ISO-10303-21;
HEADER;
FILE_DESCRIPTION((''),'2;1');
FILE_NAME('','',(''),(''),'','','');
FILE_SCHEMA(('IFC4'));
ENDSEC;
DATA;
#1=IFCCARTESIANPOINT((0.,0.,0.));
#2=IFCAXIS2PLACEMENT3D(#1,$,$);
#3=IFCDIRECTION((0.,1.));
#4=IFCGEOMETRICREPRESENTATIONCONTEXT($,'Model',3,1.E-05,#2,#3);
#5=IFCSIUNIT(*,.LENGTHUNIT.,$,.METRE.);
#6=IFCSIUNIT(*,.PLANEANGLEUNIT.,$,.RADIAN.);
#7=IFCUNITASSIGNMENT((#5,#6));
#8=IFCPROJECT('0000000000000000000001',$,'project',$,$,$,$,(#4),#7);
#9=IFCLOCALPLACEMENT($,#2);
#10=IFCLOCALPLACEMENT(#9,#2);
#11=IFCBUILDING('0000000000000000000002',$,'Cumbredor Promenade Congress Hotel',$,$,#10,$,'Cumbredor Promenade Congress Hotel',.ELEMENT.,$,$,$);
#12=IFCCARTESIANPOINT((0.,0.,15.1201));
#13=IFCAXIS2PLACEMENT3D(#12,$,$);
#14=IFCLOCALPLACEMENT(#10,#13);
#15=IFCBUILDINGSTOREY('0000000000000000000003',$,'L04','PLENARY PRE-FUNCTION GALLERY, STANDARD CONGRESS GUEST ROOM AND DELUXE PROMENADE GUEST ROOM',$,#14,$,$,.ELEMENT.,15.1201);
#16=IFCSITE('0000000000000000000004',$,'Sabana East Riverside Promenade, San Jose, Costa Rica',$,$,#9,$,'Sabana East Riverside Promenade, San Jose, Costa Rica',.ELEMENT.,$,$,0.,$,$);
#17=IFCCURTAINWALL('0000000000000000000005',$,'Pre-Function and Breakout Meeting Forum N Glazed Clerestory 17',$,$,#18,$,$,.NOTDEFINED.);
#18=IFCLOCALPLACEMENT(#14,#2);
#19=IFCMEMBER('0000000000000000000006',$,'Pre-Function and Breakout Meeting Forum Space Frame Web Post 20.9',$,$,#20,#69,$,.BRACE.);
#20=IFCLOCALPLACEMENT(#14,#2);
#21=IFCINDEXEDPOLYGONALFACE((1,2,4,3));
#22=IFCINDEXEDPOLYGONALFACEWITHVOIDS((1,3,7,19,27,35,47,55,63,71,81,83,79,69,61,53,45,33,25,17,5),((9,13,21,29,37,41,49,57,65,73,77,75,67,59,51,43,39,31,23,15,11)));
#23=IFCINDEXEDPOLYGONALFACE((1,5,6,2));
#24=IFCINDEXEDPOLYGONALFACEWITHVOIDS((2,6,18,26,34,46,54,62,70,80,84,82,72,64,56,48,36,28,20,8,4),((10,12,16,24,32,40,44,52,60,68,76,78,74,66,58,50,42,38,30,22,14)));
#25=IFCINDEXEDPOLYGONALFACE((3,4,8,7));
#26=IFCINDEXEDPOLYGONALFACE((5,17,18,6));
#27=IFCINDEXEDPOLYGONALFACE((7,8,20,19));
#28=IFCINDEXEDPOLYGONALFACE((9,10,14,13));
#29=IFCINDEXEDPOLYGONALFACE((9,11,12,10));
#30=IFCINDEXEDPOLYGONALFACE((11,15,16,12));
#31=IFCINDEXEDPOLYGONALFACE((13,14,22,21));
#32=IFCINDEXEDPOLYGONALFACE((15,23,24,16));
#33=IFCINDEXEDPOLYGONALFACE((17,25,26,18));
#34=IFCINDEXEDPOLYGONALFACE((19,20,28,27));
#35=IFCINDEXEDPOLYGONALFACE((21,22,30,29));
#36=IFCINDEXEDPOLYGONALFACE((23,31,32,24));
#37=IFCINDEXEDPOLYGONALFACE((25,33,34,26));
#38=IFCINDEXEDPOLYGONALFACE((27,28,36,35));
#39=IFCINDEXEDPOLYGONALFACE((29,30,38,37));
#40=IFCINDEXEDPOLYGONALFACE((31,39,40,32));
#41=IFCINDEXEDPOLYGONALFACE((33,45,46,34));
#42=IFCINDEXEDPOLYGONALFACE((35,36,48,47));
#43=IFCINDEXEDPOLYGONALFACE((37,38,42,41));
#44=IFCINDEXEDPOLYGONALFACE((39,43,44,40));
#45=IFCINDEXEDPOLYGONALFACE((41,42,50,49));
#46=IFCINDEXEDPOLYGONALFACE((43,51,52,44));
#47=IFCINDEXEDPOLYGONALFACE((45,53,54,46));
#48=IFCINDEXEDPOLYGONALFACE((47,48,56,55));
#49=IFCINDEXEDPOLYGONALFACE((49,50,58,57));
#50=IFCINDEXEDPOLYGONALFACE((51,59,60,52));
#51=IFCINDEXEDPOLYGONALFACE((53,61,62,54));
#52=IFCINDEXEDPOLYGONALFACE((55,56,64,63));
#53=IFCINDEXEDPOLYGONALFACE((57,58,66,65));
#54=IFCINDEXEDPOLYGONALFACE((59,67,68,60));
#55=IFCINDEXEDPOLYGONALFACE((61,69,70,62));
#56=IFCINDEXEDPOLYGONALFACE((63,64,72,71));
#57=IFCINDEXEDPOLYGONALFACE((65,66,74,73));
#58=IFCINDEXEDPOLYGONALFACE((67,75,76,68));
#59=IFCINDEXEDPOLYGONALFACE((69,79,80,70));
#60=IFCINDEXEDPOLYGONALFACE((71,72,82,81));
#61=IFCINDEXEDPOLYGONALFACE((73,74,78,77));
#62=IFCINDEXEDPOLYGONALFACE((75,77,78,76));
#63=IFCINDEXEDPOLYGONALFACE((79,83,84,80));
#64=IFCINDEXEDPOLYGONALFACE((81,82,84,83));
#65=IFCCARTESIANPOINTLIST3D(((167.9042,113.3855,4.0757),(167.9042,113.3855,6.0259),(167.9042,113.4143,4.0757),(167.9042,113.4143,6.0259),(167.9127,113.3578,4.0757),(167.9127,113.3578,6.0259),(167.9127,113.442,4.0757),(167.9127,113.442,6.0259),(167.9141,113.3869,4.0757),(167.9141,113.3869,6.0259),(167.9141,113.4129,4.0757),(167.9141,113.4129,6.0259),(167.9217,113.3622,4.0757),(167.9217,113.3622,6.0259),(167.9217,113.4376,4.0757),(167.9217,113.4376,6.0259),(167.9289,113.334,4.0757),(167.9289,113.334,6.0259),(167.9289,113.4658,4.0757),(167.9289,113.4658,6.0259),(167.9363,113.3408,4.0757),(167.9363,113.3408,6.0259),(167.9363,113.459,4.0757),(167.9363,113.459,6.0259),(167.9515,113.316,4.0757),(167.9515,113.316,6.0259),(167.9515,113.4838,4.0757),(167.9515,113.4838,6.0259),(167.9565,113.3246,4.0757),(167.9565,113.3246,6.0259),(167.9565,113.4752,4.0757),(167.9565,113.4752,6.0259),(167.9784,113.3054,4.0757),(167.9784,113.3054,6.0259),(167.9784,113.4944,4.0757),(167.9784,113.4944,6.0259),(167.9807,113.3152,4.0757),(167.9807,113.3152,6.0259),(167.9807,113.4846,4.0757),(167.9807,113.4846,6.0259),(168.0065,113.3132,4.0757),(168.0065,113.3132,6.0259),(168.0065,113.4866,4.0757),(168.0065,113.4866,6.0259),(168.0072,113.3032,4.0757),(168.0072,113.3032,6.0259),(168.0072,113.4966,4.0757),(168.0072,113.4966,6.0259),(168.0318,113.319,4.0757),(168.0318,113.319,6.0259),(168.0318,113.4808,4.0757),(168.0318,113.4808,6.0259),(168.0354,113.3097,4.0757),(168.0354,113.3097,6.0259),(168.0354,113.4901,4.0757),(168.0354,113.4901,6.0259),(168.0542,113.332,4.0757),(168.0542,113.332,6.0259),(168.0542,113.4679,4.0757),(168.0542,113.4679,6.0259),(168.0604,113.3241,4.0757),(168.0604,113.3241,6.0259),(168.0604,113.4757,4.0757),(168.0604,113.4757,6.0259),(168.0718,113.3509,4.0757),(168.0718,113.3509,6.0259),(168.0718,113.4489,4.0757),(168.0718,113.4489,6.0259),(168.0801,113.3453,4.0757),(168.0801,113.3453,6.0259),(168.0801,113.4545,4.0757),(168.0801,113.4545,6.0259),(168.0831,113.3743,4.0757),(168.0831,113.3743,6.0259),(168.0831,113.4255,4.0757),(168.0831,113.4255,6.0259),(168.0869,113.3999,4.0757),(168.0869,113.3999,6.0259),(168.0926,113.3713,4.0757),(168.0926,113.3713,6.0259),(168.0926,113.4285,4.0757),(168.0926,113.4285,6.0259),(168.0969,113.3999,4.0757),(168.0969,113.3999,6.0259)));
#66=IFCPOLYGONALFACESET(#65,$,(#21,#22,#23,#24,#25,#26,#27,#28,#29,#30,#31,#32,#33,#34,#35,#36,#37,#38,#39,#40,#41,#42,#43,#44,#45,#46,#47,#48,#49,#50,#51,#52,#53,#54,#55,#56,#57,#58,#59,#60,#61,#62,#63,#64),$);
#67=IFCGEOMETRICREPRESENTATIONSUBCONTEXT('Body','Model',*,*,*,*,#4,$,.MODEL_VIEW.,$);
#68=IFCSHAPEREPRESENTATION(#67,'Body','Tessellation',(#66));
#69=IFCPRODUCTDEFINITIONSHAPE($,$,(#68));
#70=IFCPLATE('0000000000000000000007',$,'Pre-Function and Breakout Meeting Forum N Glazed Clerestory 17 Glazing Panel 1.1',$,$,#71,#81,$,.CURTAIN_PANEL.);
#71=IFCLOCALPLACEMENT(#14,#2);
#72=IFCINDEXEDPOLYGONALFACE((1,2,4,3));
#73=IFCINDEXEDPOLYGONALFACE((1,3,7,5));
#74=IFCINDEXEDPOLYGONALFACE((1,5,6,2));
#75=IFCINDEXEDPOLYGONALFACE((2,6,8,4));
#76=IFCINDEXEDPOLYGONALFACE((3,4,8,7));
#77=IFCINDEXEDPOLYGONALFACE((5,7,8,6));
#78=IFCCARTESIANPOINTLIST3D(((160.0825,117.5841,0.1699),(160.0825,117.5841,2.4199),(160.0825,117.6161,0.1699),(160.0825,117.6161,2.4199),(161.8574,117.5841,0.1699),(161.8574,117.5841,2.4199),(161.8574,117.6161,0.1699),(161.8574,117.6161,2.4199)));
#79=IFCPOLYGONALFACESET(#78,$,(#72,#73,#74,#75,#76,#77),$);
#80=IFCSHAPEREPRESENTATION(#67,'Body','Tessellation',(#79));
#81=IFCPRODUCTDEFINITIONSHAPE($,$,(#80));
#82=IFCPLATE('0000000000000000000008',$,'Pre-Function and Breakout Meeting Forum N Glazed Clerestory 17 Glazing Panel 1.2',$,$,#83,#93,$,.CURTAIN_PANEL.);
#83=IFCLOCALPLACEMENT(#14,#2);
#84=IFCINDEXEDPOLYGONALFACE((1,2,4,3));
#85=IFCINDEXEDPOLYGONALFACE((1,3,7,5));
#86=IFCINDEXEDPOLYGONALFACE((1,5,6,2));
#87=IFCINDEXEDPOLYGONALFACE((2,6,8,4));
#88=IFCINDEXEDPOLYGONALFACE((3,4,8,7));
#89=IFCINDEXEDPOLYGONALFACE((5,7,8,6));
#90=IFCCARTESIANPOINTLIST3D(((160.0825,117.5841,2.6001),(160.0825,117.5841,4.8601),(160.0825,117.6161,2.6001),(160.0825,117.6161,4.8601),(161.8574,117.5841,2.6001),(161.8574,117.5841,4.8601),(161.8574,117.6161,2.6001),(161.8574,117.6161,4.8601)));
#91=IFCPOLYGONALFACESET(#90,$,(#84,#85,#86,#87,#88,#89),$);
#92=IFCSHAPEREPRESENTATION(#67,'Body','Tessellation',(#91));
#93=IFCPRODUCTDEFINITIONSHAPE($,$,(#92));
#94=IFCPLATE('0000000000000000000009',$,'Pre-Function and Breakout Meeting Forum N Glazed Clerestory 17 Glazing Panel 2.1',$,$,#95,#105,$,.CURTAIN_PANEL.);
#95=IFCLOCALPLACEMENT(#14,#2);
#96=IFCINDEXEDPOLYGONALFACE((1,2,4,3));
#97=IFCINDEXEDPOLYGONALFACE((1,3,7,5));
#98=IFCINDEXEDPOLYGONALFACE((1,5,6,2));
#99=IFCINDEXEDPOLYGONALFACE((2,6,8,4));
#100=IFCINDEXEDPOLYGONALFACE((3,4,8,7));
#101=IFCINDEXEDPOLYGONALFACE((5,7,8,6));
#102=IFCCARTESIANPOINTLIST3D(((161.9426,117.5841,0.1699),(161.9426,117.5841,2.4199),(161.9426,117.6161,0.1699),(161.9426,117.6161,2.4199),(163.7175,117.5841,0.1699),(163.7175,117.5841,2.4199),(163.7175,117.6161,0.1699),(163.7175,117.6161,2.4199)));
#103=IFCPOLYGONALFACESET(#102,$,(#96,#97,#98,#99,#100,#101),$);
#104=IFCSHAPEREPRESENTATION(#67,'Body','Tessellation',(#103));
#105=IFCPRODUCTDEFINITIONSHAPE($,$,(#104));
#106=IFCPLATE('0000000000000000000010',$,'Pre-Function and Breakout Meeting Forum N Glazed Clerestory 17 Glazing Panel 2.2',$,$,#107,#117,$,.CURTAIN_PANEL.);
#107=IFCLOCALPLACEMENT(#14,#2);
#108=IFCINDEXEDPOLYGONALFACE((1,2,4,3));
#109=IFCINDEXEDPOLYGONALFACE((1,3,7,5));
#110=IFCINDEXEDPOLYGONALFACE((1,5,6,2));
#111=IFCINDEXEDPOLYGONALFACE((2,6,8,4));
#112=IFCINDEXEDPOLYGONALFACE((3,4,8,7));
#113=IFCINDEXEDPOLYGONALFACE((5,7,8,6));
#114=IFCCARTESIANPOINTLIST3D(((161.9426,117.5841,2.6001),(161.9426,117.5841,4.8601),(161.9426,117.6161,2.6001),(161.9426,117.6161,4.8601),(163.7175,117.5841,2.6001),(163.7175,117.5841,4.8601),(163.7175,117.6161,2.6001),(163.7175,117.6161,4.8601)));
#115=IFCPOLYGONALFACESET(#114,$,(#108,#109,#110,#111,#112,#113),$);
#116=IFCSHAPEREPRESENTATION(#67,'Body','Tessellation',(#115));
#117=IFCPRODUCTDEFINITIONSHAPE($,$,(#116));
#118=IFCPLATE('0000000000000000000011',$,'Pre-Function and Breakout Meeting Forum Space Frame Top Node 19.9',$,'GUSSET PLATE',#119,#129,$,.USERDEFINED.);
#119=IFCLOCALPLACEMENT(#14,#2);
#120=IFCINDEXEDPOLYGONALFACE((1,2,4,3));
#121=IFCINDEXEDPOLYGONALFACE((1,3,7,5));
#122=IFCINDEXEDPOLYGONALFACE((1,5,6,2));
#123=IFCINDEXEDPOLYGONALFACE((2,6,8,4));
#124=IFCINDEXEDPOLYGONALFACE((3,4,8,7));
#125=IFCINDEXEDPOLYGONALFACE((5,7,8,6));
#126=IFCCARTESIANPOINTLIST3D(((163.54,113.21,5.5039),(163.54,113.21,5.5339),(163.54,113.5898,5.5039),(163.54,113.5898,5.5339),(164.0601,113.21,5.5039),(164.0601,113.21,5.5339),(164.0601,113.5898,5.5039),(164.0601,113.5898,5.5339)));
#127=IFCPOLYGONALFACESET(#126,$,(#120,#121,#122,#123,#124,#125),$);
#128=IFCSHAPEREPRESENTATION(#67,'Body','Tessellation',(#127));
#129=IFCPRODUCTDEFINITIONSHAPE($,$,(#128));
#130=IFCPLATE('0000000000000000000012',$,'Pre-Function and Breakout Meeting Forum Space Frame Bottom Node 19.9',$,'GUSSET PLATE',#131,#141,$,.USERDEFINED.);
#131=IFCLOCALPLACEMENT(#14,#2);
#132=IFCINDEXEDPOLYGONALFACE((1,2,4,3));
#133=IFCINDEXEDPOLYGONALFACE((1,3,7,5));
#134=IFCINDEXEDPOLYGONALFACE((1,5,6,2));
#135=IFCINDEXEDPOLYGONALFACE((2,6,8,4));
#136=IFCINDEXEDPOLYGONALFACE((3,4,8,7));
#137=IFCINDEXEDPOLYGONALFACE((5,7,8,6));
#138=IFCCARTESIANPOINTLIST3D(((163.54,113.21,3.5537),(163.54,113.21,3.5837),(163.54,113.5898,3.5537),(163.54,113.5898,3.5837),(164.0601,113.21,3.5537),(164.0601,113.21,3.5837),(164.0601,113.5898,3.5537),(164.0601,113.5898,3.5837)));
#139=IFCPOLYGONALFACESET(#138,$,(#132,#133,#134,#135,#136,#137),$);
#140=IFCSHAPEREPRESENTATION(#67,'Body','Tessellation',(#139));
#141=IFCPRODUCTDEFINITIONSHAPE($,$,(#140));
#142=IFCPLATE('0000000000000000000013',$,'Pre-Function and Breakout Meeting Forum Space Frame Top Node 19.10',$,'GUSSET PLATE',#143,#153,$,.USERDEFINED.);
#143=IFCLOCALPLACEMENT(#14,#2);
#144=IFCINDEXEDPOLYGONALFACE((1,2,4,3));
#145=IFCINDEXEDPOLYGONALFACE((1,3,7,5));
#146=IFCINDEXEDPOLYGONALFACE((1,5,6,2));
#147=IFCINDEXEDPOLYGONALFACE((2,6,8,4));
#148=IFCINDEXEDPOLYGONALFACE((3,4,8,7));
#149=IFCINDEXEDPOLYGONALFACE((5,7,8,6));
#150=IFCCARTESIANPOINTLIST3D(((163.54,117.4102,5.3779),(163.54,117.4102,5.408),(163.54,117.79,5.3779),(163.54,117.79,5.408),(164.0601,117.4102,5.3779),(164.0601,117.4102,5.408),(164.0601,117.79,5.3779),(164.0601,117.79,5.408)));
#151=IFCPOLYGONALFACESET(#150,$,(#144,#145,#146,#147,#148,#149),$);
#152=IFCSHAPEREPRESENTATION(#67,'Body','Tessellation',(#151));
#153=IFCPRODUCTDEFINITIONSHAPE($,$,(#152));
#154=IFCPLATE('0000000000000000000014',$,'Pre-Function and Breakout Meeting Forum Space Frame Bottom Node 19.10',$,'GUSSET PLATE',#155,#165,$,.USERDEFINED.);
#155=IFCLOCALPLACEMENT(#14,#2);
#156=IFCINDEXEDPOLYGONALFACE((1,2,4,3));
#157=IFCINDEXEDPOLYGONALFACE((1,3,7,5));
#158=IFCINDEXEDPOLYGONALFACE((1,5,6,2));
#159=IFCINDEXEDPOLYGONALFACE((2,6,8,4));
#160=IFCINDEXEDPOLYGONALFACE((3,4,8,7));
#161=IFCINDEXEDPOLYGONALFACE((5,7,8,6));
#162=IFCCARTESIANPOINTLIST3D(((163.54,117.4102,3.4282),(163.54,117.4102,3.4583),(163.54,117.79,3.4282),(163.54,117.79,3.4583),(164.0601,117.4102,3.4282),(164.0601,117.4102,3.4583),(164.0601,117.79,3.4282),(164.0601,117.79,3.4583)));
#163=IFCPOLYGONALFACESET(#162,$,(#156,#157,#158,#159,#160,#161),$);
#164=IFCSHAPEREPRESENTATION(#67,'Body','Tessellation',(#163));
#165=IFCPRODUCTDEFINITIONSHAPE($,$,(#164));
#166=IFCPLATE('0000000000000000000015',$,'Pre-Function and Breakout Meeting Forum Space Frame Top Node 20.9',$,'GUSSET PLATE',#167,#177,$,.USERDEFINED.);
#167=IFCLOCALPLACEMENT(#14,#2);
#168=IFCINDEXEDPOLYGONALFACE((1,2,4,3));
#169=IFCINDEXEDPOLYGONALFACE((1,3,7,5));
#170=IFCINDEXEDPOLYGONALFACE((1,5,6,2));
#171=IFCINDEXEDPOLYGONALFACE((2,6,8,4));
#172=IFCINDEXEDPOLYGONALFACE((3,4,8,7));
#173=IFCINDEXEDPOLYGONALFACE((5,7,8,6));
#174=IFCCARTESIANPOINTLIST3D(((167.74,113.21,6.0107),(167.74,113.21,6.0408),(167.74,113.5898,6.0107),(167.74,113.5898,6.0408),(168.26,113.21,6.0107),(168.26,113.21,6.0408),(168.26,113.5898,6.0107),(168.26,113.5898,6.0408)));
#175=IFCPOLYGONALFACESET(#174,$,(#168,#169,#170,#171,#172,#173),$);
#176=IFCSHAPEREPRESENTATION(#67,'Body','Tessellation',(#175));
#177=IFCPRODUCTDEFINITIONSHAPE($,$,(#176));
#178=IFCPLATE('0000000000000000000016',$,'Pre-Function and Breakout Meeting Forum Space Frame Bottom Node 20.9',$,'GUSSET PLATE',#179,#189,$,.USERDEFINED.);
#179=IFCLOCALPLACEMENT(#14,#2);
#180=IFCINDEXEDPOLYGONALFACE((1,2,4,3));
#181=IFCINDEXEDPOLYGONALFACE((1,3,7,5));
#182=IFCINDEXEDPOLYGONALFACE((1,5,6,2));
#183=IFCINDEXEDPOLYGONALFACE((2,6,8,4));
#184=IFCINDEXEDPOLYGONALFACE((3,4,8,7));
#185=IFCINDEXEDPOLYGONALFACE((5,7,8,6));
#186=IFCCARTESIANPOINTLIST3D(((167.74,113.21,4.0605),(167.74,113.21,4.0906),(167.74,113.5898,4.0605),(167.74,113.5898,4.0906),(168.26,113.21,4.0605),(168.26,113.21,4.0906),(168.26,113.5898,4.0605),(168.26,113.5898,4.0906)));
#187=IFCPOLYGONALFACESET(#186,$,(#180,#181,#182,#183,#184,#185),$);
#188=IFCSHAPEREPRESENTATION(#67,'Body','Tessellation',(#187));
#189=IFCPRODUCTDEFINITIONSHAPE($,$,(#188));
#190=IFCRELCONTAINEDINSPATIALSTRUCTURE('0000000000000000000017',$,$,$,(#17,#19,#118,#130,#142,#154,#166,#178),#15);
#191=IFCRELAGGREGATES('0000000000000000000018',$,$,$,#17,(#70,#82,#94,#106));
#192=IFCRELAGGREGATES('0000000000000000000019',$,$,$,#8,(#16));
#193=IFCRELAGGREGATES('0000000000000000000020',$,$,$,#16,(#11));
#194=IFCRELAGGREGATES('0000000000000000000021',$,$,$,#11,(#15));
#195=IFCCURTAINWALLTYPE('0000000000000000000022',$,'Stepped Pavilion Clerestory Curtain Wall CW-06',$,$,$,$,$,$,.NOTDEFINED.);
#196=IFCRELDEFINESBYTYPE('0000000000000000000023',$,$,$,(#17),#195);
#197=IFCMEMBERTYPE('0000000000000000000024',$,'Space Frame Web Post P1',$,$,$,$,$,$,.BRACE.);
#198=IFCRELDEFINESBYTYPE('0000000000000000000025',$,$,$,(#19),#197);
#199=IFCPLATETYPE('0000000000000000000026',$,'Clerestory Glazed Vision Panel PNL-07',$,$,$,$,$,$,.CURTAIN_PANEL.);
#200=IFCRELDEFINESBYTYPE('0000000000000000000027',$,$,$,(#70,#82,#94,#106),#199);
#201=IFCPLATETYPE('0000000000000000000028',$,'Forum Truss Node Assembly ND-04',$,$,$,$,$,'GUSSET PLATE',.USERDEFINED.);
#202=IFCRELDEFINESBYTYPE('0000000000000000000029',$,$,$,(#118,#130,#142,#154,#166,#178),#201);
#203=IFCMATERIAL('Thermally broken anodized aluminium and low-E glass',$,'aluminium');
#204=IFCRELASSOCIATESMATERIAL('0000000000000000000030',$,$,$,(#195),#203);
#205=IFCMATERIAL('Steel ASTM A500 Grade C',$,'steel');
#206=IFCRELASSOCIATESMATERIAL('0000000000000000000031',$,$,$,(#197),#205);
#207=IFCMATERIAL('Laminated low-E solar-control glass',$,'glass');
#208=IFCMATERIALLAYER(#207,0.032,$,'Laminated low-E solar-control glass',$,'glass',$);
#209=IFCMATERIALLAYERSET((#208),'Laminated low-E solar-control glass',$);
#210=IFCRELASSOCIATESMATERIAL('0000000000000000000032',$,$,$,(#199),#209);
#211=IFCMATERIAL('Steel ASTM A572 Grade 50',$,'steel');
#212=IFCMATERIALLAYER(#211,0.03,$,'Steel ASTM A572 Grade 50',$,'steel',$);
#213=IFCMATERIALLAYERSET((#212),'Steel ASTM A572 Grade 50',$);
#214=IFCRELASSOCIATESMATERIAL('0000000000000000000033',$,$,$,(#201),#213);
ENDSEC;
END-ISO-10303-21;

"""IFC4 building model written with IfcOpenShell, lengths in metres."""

from ifc_helpers import new_model, si_unit, direction, frame, origin, origin_2d, place, context, subcontext, project, spatial, rectangle, hollow_circle, extrude, material, layer, layer_set, material_profile, profile_set, type_object, element, aggregate, save


model = new_model("IFC4")

# Units and contexts
model_context = context("Model", 3, precision=1e-05, world=origin(), true_north=direction((0.0, 1.0)))
body_context = subcontext(model_context, "Body", "Model", "MODEL_VIEW")
ifc_project = project(units=[si_unit("LENGTHUNIT", "METRE"), si_unit("PLANEANGLEUNIT", "RADIAN")], contexts=[model_context])

# Site, building, storey
site_placement = place(None, origin())
site = spatial("IfcSite", under=ifc_project, at=site_placement, Name="Sabana East Riverside Promenade, San Jose, Costa Rica", LongName="Sabana East Riverside Promenade, San Jose, Costa Rica", CompositionType="ELEMENT", RefElevation=0.0)
building_placement = place(site_placement, origin())
building = spatial("IfcBuilding", under=site, at=building_placement, Name="Cumbredor Promenade Congress Hotel", LongName="Cumbredor Promenade Congress Hotel", CompositionType="ELEMENT")
storey_placement = place(building_placement, frame((0.0, 0.0, 15.1201)))
storey = spatial("IfcBuildingStorey", under=building, at=storey_placement, Name="L04", Description="PLENARY PRE-FUNCTION GALLERY, STANDARD CONGRESS GUEST ROOM AND DELUXE PROMENADE GUEST ROOM", CompositionType="ELEMENT", Elevation=15.1201)

# Curtain wall
ifc_material_1 = material(Name="Thermally broken anodized aluminium and low-E glass", Category="aluminium")
curtain_wall_type = type_object("IfcCurtainWallType", Name="Stepped Pavilion Clerestory Curtain Wall CW-06", PredefinedType="NOTDEFINED", material=ifc_material_1)
curtain_wall_placement = place(storey_placement, origin())
curtain_wall = element("IfcCurtainWall", 1, at=curtain_wall_placement, inside=storey, type_object=curtain_wall_type, Name="Pre-Function and Breakout Meeting Forum N Glazed Clerestory 17", PredefinedType="NOTDEFINED")

# Member
ifc_material_2 = material(Name="Steel ASTM A500 Grade C", Category="steel")
ifc_material_profile_1 = material_profile(ifc_material_2, hollow_circle(Radius=0.0969, WallThickness=0.01, at=origin_2d()), Name="CHS 193.7x10")
ifc_profile_set_1 = profile_set([ifc_material_profile_1], Name="Steel ASTM A500 Grade C")
member_type_1 = type_object("IfcMemberType", Name="Space Frame Web Post P1", PredefinedType="BRACE", material=ifc_profile_set_1)
for number, where, z_axis, x_axis, name in (
    (2, (168.0, 113.3999, 4.0757), (0.0, 0.0, 1.0), (1.0, 0.0, 0.0), "Pre-Function and Breakout Meeting Forum Space Frame Web Post 20.9"),
):
    element("IfcMember", number, at=place(storey_placement, frame(where, z_axis=z_axis, x_axis=x_axis)), inside=storey, type_object=member_type_1, Name=name, PredefinedType="BRACE", context=body_context, shape_type="SweptSolid", body=[
        extrude(hollow_circle(Radius=0.0969, WallThickness=0.01, at=origin_2d()), origin(), (0.0, 0.0, 1.0), 1.9502),
    ])

# Plates
ifc_material_3 = material(Name="Laminated low-E solar-control glass", Category="glass")
ifc_layer_1 = layer(ifc_material_3, 0.032, Name="Laminated low-E solar-control glass", Category="glass")
ifc_layer_set_1 = layer_set([ifc_layer_1], Name="Laminated low-E solar-control glass")
plate_type_1 = type_object("IfcPlateType", Name="Clerestory Glazed Vision Panel PNL-07", PredefinedType="CURTAIN_PANEL", material=ifc_layer_set_1)
plate_1_placement = place(storey_placement, frame((160.97, 117.6001, 0.1699), z_axis=(0.0, 0.0, 1.0), x_axis=(1.0, 0.0, 0.0)))
plate_1 = element("IfcPlate", 3, at=plate_1_placement, type_object=plate_type_1, Name="Pre-Function and Breakout Meeting Forum N Glazed Clerestory 17 Glazing Panel 1.1", PredefinedType="CURTAIN_PANEL", context=body_context, shape_type="SweptSolid", body=[
    extrude(rectangle(XDim=1.7749, YDim=0.032, at=origin_2d()), origin(), (0.0, 0.0, 1.0), 2.25),
])
plate_2_placement = place(storey_placement, frame((160.97, 117.6001, 2.6001), z_axis=(0.0, 0.0, 1.0), x_axis=(1.0, 0.0, 0.0)))
plate_2 = element("IfcPlate", 4, at=plate_2_placement, type_object=plate_type_1, Name="Pre-Function and Breakout Meeting Forum N Glazed Clerestory 17 Glazing Panel 1.2", PredefinedType="CURTAIN_PANEL", context=body_context, shape_type="SweptSolid", body=[
    extrude(rectangle(XDim=1.7749, YDim=0.032, at=origin_2d()), origin(), (0.0, 0.0, 1.0), 2.26),
])
plate_3_placement = place(storey_placement, frame((162.8301, 117.6001, 0.1699), z_axis=(0.0, 0.0, 1.0), x_axis=(1.0, 0.0, 0.0)))
plate_3 = element("IfcPlate", 5, at=plate_3_placement, type_object=plate_type_1, Name="Pre-Function and Breakout Meeting Forum N Glazed Clerestory 17 Glazing Panel 2.1", PredefinedType="CURTAIN_PANEL", context=body_context, shape_type="SweptSolid", body=[
    extrude(rectangle(XDim=1.7749, YDim=0.032, at=origin_2d()), origin(), (0.0, 0.0, 1.0), 2.25),
])
plate_4_placement = place(storey_placement, frame((162.8301, 117.6001, 2.6001), z_axis=(0.0, 0.0, 1.0), x_axis=(1.0, 0.0, 0.0)))
plate_4 = element("IfcPlate", 6, at=plate_4_placement, type_object=plate_type_1, Name="Pre-Function and Breakout Meeting Forum N Glazed Clerestory 17 Glazing Panel 2.2", PredefinedType="CURTAIN_PANEL", context=body_context, shape_type="SweptSolid", body=[
    extrude(rectangle(XDim=1.7749, YDim=0.032, at=origin_2d()), origin(), (0.0, 0.0, 1.0), 2.26),
])
aggregate(curtain_wall, [plate_1, plate_2, plate_3, plate_4])

# Plates
ifc_material_4 = material(Name="Steel ASTM A572 Grade 50", Category="steel")
ifc_layer_2 = layer(ifc_material_4, 0.03, Name="Steel ASTM A572 Grade 50", Category="steel")
ifc_layer_set_2 = layer_set([ifc_layer_2], Name="Steel ASTM A572 Grade 50")
plate_type_2 = type_object("IfcPlateType", Name="Forum Truss Node Assembly ND-04", ElementType="GUSSET PLATE", PredefinedType="USERDEFINED", material=ifc_layer_set_2)
for number, where, z_axis, x_axis, name in (
    (7, (163.8, 113.3999, 5.5039), (0.0, 0.0, 1.0), (1.0, 0.0, 0.0), "Pre-Function and Breakout Meeting Forum Space Frame Top Node 19.9"),
    (8, (163.8, 113.3999, 3.5537), (0.0, 0.0, 1.0), (1.0, 0.0, 0.0), "Pre-Function and Breakout Meeting Forum Space Frame Bottom Node 19.9"),
    (9, (163.8, 117.6001, 5.3779), (0.0, 0.0, 1.0), (1.0, 0.0, 0.0), "Pre-Function and Breakout Meeting Forum Space Frame Top Node 19.10"),
    (10, (163.8, 117.6001, 3.4282), (0.0, 0.0, 1.0), (1.0, 0.0, 0.0), "Pre-Function and Breakout Meeting Forum Space Frame Bottom Node 19.10"),
    (11, (168.0, 113.3999, 6.0107), (0.0, 0.0, 1.0), (1.0, 0.0, 0.0), "Pre-Function and Breakout Meeting Forum Space Frame Top Node 20.9"),
    (12, (168.0, 113.3999, 4.0605), (0.0, 0.0, 1.0), (1.0, 0.0, 0.0), "Pre-Function and Breakout Meeting Forum Space Frame Bottom Node 20.9"),
):
    element("IfcPlate", number, at=place(storey_placement, frame(where, z_axis=z_axis, x_axis=x_axis)), inside=storey, type_object=plate_type_2, Name=name, ObjectType="GUSSET PLATE", PredefinedType="USERDEFINED", context=body_context, shape_type="SweptSolid", body=[
        extrude(rectangle(XDim=0.52, YDim=0.3799, at=origin_2d()), origin(), (0.0, 0.0, 1.0), 0.03),
    ])

save(model, "model.ifc")
